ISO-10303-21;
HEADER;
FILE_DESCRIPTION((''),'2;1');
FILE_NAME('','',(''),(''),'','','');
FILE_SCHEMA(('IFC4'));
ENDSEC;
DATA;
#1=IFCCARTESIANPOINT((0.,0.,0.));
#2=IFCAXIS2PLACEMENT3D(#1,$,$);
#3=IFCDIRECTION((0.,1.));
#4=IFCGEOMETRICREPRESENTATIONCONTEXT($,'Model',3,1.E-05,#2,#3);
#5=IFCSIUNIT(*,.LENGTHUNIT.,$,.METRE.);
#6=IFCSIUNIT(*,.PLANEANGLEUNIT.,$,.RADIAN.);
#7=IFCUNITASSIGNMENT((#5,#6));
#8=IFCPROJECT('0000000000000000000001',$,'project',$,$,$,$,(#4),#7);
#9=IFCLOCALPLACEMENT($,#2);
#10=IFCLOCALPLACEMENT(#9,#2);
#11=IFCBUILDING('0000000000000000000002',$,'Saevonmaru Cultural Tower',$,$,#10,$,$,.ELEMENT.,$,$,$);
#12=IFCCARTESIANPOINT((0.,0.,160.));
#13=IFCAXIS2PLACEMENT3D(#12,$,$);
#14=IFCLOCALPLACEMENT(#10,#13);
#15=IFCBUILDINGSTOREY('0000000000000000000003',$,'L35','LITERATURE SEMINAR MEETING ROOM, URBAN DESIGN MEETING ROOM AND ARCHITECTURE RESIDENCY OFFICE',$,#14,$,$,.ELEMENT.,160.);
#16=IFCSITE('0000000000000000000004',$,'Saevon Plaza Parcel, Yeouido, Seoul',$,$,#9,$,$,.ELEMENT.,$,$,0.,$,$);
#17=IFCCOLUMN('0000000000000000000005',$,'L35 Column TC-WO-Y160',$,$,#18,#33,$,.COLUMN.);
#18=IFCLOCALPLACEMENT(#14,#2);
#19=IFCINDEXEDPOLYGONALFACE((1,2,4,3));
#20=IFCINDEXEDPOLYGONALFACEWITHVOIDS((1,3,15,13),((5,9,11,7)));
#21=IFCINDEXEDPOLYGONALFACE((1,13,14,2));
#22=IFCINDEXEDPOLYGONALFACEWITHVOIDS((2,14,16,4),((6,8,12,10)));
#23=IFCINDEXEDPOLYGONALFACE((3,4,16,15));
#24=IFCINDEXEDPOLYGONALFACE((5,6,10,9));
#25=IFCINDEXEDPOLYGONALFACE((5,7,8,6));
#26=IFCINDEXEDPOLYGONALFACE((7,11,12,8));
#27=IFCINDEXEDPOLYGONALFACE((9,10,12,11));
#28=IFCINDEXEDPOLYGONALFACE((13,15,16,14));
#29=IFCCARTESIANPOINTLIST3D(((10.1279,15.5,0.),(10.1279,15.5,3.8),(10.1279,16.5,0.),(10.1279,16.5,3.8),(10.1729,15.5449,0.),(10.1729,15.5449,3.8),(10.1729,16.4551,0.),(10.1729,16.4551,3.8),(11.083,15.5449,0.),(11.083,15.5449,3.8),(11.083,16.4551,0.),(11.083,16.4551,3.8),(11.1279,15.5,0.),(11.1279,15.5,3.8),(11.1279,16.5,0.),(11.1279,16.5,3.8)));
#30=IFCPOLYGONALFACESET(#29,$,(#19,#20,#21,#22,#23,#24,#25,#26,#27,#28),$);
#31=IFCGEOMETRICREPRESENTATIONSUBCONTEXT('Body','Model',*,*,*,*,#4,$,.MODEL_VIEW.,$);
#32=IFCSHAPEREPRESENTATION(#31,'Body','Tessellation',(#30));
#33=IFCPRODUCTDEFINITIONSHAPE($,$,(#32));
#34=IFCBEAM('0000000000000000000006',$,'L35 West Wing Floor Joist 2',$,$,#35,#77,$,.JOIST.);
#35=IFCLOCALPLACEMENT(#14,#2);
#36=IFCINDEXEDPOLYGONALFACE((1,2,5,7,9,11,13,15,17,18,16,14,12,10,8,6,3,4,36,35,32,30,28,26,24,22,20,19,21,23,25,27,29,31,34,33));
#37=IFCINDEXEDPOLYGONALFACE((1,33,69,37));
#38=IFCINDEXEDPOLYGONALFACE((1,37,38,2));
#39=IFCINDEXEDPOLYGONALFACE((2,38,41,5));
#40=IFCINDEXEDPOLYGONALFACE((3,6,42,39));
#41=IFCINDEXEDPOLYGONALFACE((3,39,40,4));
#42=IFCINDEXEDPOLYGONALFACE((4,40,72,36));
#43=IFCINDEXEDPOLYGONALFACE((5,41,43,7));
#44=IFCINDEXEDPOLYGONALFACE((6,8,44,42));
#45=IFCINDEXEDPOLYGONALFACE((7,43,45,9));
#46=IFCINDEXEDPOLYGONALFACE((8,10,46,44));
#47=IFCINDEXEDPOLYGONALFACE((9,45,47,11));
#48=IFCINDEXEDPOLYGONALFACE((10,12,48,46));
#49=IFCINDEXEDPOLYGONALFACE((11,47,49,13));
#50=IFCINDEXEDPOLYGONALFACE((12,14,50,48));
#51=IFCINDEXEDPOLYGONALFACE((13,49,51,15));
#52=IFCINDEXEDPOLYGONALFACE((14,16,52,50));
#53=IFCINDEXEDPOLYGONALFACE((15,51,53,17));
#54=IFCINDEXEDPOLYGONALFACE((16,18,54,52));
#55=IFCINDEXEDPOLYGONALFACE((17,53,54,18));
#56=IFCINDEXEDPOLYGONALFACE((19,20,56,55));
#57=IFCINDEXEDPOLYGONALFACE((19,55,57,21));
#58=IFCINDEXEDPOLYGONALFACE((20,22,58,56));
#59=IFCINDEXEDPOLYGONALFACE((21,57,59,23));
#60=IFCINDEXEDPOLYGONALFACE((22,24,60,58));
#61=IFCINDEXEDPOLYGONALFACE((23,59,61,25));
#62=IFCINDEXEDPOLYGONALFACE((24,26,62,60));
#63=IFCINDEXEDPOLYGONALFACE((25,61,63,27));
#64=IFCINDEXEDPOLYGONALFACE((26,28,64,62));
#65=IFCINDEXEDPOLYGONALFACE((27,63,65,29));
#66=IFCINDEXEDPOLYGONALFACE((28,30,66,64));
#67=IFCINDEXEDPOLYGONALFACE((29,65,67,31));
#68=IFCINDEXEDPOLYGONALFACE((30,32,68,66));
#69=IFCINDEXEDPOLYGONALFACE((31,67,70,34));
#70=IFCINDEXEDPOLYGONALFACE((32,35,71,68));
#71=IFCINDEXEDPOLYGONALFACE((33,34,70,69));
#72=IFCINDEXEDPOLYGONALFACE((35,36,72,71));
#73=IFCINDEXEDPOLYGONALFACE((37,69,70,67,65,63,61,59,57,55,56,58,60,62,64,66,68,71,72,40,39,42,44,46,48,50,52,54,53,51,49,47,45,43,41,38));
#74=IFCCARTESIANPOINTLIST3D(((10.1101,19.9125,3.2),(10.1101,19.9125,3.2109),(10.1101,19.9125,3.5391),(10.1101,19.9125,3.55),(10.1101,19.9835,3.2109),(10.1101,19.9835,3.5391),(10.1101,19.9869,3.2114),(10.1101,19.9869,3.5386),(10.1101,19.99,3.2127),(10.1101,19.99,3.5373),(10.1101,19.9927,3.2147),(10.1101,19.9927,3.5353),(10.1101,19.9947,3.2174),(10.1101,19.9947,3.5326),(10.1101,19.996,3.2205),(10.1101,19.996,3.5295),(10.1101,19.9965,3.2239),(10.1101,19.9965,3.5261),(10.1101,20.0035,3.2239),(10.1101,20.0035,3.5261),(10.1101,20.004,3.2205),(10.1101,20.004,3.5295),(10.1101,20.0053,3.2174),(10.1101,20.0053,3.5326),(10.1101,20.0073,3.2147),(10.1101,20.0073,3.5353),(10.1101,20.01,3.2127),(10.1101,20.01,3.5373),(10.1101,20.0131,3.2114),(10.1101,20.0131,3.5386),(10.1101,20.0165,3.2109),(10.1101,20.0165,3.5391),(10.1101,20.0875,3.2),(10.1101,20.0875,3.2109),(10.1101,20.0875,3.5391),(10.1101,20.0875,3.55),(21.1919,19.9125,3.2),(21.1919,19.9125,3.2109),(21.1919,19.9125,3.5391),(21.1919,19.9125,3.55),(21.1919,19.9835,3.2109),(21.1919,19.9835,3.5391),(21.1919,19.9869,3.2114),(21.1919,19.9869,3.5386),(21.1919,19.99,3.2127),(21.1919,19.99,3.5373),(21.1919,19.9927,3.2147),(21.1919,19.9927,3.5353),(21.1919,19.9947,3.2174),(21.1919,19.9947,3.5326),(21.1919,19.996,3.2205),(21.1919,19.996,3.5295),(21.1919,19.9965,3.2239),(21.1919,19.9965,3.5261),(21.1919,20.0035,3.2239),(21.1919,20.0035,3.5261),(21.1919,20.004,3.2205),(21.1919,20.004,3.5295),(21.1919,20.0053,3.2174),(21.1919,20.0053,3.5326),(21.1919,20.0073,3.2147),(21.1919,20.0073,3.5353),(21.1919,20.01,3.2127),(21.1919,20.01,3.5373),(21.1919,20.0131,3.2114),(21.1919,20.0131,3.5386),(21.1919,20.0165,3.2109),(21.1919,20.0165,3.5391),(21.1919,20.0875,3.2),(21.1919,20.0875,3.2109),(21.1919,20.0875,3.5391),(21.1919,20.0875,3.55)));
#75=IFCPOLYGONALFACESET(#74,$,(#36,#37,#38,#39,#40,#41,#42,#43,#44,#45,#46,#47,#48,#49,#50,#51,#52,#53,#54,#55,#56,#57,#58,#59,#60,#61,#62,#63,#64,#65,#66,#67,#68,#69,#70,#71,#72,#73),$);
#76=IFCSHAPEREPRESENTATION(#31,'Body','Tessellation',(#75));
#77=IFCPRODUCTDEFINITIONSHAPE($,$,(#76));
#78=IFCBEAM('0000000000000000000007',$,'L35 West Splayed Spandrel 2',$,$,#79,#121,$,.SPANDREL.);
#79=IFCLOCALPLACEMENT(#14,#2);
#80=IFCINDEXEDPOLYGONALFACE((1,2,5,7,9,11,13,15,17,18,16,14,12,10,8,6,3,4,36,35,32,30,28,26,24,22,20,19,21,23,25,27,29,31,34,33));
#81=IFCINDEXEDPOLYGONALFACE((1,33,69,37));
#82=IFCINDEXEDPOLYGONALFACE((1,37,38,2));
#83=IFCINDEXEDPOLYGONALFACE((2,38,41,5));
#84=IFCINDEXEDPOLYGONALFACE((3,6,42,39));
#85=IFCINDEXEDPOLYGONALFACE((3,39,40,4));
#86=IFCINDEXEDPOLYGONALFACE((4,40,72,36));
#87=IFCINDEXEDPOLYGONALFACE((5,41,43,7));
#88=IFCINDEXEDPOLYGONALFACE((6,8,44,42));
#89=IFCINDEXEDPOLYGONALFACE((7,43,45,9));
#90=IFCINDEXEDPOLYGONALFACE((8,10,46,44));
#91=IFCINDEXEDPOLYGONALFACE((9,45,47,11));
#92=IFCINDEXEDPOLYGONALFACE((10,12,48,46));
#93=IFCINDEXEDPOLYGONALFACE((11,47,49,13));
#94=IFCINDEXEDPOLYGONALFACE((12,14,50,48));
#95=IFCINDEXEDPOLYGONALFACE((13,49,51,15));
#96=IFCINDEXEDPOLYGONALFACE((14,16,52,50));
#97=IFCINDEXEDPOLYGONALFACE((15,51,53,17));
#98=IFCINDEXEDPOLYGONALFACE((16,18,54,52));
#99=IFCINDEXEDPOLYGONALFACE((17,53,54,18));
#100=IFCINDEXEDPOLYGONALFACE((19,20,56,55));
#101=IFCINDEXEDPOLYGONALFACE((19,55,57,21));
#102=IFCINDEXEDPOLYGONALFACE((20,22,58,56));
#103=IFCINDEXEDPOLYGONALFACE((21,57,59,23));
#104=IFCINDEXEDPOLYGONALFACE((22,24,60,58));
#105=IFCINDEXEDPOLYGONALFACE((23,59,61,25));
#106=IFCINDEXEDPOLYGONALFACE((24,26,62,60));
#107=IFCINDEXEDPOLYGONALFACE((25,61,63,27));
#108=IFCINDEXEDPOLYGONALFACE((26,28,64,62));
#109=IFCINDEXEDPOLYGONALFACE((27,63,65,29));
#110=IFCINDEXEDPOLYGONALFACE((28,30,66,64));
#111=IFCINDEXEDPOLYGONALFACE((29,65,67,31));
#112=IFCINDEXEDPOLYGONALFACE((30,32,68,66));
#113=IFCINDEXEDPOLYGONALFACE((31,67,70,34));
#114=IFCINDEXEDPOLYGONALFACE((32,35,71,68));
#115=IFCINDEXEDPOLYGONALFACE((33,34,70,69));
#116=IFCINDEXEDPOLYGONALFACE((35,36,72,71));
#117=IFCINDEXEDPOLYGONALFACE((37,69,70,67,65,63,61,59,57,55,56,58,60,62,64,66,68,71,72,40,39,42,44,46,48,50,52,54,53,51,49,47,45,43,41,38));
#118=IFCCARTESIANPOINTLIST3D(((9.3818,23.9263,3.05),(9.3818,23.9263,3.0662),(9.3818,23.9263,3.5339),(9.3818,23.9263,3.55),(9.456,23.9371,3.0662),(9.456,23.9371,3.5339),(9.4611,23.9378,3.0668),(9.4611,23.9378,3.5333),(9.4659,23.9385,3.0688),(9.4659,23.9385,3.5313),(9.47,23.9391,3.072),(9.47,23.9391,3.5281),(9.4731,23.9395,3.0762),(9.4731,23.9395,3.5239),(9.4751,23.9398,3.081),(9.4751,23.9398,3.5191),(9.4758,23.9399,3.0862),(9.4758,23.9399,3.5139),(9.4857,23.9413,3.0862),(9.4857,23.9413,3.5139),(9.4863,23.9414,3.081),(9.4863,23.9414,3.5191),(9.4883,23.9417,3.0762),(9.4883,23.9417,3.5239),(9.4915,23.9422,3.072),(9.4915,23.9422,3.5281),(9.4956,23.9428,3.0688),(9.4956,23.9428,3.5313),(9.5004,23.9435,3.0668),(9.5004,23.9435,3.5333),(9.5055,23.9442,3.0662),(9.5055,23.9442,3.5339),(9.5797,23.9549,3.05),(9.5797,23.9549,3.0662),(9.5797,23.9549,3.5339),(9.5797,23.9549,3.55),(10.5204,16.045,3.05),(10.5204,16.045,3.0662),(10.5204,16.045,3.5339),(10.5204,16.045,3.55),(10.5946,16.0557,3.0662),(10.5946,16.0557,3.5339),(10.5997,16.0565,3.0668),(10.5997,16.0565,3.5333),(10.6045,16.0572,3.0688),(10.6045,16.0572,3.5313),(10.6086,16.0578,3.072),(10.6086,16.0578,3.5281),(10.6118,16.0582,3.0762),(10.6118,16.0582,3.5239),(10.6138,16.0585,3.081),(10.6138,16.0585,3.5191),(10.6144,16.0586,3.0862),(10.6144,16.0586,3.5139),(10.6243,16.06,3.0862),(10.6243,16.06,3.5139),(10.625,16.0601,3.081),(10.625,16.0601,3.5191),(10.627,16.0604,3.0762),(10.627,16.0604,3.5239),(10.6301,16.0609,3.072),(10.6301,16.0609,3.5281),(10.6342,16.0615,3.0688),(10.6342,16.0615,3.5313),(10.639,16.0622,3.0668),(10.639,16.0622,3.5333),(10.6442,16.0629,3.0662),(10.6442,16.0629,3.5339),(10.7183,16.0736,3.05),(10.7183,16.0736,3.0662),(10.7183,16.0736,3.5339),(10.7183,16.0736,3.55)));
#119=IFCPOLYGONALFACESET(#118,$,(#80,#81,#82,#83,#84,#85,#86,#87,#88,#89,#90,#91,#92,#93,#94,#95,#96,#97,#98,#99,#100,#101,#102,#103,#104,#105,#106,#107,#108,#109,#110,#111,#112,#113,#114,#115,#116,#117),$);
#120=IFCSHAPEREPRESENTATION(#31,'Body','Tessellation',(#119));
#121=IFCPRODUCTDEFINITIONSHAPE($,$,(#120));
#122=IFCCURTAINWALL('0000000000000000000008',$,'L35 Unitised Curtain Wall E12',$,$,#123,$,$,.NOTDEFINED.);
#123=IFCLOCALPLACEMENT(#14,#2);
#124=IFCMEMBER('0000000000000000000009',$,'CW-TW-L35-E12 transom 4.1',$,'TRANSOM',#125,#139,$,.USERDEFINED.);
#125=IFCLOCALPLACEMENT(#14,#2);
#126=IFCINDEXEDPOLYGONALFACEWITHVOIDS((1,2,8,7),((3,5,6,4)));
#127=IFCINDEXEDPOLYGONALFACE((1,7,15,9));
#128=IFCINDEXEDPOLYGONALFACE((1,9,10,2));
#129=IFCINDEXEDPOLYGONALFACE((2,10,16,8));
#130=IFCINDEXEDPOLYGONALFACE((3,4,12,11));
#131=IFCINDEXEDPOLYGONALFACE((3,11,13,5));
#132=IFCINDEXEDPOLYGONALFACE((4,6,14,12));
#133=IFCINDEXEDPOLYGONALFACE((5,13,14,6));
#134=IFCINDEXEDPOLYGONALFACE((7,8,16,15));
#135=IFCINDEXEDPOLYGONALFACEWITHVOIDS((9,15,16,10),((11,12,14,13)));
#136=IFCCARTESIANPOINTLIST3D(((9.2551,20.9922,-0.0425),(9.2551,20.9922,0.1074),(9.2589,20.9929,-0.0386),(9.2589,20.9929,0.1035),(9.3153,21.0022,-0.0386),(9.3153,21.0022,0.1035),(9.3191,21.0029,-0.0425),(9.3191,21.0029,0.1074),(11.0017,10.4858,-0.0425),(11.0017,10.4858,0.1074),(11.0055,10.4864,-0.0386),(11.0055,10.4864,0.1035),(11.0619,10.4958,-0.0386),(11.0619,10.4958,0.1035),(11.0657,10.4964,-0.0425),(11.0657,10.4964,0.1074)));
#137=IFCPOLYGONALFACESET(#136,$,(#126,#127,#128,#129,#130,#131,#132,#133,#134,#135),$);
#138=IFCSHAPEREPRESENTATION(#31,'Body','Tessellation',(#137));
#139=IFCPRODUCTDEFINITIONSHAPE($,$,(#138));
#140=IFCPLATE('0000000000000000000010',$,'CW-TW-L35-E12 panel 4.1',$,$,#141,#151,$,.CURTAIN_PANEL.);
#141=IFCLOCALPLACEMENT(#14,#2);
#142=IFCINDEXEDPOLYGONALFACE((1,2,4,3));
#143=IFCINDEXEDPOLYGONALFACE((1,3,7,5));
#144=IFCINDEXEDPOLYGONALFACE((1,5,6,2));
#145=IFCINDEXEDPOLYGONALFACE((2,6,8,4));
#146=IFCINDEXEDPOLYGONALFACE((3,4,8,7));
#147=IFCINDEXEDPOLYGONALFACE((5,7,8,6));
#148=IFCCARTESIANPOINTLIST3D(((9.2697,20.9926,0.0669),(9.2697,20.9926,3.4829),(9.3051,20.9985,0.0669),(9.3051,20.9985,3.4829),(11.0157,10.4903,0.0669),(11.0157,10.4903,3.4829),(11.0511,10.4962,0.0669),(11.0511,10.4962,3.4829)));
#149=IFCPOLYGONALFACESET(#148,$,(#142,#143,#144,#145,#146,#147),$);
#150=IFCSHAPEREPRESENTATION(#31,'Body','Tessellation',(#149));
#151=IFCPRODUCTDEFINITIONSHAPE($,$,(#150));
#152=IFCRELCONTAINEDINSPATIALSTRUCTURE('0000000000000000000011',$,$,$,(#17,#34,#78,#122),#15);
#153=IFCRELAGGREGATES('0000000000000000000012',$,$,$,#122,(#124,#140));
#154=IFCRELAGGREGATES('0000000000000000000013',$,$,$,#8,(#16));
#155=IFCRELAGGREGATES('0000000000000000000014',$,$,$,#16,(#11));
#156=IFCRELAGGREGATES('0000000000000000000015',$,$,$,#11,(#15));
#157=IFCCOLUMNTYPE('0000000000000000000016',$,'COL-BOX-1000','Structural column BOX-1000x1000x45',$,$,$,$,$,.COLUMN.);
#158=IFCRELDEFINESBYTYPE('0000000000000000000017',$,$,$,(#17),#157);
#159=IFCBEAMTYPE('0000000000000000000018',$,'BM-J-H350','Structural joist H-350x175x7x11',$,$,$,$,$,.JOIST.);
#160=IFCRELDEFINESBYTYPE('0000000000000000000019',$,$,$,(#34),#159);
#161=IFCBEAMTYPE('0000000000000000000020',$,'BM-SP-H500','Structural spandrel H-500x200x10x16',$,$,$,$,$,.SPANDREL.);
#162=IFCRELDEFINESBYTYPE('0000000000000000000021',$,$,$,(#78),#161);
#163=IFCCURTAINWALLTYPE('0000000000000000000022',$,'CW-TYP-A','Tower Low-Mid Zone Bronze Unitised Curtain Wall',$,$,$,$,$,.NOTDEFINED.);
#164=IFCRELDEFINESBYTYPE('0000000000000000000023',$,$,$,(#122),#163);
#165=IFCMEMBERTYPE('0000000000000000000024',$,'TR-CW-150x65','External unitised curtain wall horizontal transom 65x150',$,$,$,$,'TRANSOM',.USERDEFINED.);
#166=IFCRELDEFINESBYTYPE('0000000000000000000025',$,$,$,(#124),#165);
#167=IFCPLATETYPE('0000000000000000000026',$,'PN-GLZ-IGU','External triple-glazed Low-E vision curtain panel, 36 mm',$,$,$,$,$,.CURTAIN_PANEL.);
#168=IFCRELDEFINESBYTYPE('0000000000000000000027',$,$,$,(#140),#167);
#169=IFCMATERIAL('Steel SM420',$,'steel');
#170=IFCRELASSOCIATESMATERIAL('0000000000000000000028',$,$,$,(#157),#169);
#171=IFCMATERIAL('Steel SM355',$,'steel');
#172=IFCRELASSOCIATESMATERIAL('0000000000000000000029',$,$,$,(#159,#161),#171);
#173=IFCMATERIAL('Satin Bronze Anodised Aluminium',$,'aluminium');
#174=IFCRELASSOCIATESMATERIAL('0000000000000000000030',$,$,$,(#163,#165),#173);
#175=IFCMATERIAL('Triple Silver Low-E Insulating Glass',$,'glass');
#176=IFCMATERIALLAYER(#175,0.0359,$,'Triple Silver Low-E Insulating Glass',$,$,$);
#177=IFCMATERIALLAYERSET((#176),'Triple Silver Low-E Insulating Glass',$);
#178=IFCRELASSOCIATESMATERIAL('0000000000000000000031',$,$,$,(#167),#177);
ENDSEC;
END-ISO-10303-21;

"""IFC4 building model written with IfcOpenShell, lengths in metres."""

from ifc_helpers import new_model, si_unit, direction, frame, origin, origin_2d, place, context, subcontext, project, spatial, rectangle, hollow_rectangle, i_section, extrude, material, layer, layer_set, material_profile, profile_set, type_object, element, aggregate, save


model = new_model("IFC4")

# Units and contexts
model_context = context("Model", 3, precision=1e-05, world=origin(), true_north=direction((0.0, 1.0)))
body_context = subcontext(model_context, "Body", "Model", "MODEL_VIEW")
ifc_project = project(units=[si_unit("LENGTHUNIT", "METRE"), si_unit("PLANEANGLEUNIT", "RADIAN")], contexts=[model_context])

# Site, building, storey
site_placement = place(None, origin())
site = spatial("IfcSite", under=ifc_project, at=site_placement, Name="Saevon Plaza Parcel, Yeouido, Seoul", CompositionType="ELEMENT", RefElevation=0.0)
building_placement = place(site_placement, origin())
building = spatial("IfcBuilding", under=site, at=building_placement, Name="Saevonmaru Cultural Tower", CompositionType="ELEMENT")
storey_placement = place(building_placement, frame((0.0, 0.0, 160.0)))
storey = spatial("IfcBuildingStorey", under=building, at=storey_placement, Name="L35", Description="LITERATURE SEMINAR MEETING ROOM, URBAN DESIGN MEETING ROOM AND ARCHITECTURE RESIDENCY OFFICE", CompositionType="ELEMENT", Elevation=160.0)

# Column
ifc_material_1 = material(Name="Steel SM420", Category="steel")
ifc_material_profile_1 = material_profile(ifc_material_1, hollow_rectangle(XDim=1.0, YDim=1.0, WallThickness=0.0449, at=origin_2d()), Name="BOX-1000x1000x45")
ifc_profile_set_1 = profile_set([ifc_material_profile_1], Name="Steel SM420")
column_type = type_object("IfcColumnType", Name="COL-BOX-1000", Description="Structural column BOX-1000x1000x45", PredefinedType="COLUMN", material=ifc_profile_set_1)
column_placement = place(storey_placement, frame((10.6279, 16.0, 0.0), z_axis=(0.0, 0.0, 1.0), x_axis=(1.0, 0.0, 0.0)))
element("IfcColumn", 1, at=column_placement, inside=storey, type_object=column_type, Name="L35 Column TC-WO-Y160", PredefinedType="COLUMN", context=body_context, shape_type="SweptSolid", body=[
    extrude(hollow_rectangle(XDim=1.0, YDim=1.0, WallThickness=0.0449, at=origin_2d()), origin(), (0.0, 0.0, 1.0), 3.8),
])

# Beams
ifc_material_2 = material(Name="Steel SM355", Category="steel")
ifc_material_profile_2 = material_profile(ifc_material_2, i_section(OverallWidth=0.175, OverallDepth=0.3501, WebThickness=0.0071, FlangeThickness=0.011, FilletRadius=0.0129, at=origin_2d()), Name="H-350x175x7x11")
ifc_profile_set_2 = profile_set([ifc_material_profile_2], Name="Steel SM355")
beam_type_1 = type_object("IfcBeamType", Name="BM-J-H350", Description="Structural joist H-350x175x7x11", PredefinedType="JOIST", material=ifc_profile_set_2)
beam_1_placement = place(storey_placement, frame((10.1101, 20.0, 3.375), z_axis=(1.0, 0.0, 0.0), x_axis=(0.0, 1.0, 0.0)))
element("IfcBeam", 2, at=beam_1_placement, inside=storey, type_object=beam_type_1, Name="L35 West Wing Floor Joist 2", PredefinedType="JOIST", context=body_context, shape_type="SweptSolid", body=[
    extrude(i_section(OverallWidth=0.175, OverallDepth=0.3501, WebThickness=0.0071, FlangeThickness=0.011, FilletRadius=0.0129, at=origin_2d()), origin(), (0.0, 0.0, 1.0), 11.0818),
])
ifc_material_profile_3 = material_profile(ifc_material_2, i_section(OverallWidth=0.2, OverallDepth=0.5, WebThickness=0.01, FlangeThickness=0.0161, FilletRadius=0.02, at=origin_2d()), Name="H-500x200x10x16")
ifc_profile_set_3 = profile_set([ifc_material_profile_3], Name="Steel SM355")
beam_type_2 = type_object("IfcBeamType", Name="BM-SP-H500", Description="Structural spandrel H-500x200x10x16", PredefinedType="SPANDREL", material=ifc_profile_set_3)
beam_2_placement = place(storey_placement, frame((10.6194, 16.0593, 3.3), z_axis=(-0.142992, 0.989724, 0.0), x_axis=(-0.989724, -0.142992, 0.0)))
element("IfcBeam", 3, at=beam_2_placement, inside=storey, type_object=beam_type_2, Name="L35 West Splayed Spandrel 2", PredefinedType="SPANDREL", context=body_context, shape_type="SweptSolid", body=[
    extrude(i_section(OverallWidth=0.2, OverallDepth=0.5, WebThickness=0.01, FlangeThickness=0.0161, FilletRadius=0.02, at=origin_2d()), origin(), (0.0, 0.0, 1.0), 7.9631),
])

# Curtain wall, member, plate
ifc_material_3 = material(Name="Satin Bronze Anodised Aluminium", Category="aluminium")
curtain_wall_type = type_object("IfcCurtainWallType", Name="CW-TYP-A", Description="Tower Low-Mid Zone Bronze Unitised Curtain Wall", PredefinedType="NOTDEFINED", material=ifc_material_3)
curtain_wall_placement = place(storey_placement, origin())
curtain_wall = element("IfcCurtainWall", 4, at=curtain_wall_placement, inside=storey, type_object=curtain_wall_type, Name="L35 Unitised Curtain Wall E12", PredefinedType="NOTDEFINED")
ifc_material_profile_4 = material_profile(ifc_material_3, hollow_rectangle(XDim=0.0649, YDim=0.1499, WallThickness=0.0039, at=origin_2d()), Name="ALU-TRAN-150x65x4")
ifc_profile_set_4 = profile_set([ifc_material_profile_4], Name="Satin Bronze Anodised Aluminium")
member_type = type_object("IfcMemberType", Name="TR-CW-150x65", Description="External unitised curtain wall horizontal transom 65x150", ElementType="TRANSOM", PredefinedType="USERDEFINED", material=ifc_profile_set_4)
member_placement = place(storey_placement, frame((9.2871, 20.9976, 0.0325), z_axis=(0.16399, -0.986462, 0.0), x_axis=(0.986462, 0.16399, 0.0)))
member = element("IfcMember", 5, at=member_placement, type_object=member_type, Name="CW-TW-L35-E12 transom 4.1", ObjectType="TRANSOM", PredefinedType="USERDEFINED", context=body_context, shape_type="SweptSolid", body=[
    extrude(hollow_rectangle(XDim=0.0649, YDim=0.1499, WallThickness=0.0039, at=origin_2d()), origin(), (0.0, 0.0, 1.0), 10.6506),
])
ifc_material_4 = material(Name="Triple Silver Low-E Insulating Glass", Category="glass")
ifc_layer_1 = layer(ifc_material_4, 0.0359, Name="Triple Silver Low-E Insulating Glass")
ifc_layer_set_1 = layer_set([ifc_layer_1], Name="Triple Silver Low-E Insulating Glass")
plate_type = type_object("IfcPlateType", Name="PN-GLZ-IGU", Description="External triple-glazed Low-E vision curtain panel, 36 mm", PredefinedType="CURTAIN_PANEL", material=ifc_layer_set_1)
plate_placement = place(storey_placement, frame((10.1604, 15.7444, 0.0669), z_axis=(0.0, 0.0, 1.0), x_axis=(0.163999, -0.986461, 0.0)))
plate = element("IfcPlate", 6, at=plate_placement, type_object=plate_type, Name="CW-TW-L35-E12 panel 4.1", PredefinedType="CURTAIN_PANEL", context=body_context, shape_type="SweptSolid", body=[
    extrude(rectangle(XDim=10.6465, YDim=0.0359, at=origin_2d()), origin(), (0.0, 0.0, 1.0), 3.416),
])
aggregate(curtain_wall, [member, plate])

save(model, "model.ifc")
